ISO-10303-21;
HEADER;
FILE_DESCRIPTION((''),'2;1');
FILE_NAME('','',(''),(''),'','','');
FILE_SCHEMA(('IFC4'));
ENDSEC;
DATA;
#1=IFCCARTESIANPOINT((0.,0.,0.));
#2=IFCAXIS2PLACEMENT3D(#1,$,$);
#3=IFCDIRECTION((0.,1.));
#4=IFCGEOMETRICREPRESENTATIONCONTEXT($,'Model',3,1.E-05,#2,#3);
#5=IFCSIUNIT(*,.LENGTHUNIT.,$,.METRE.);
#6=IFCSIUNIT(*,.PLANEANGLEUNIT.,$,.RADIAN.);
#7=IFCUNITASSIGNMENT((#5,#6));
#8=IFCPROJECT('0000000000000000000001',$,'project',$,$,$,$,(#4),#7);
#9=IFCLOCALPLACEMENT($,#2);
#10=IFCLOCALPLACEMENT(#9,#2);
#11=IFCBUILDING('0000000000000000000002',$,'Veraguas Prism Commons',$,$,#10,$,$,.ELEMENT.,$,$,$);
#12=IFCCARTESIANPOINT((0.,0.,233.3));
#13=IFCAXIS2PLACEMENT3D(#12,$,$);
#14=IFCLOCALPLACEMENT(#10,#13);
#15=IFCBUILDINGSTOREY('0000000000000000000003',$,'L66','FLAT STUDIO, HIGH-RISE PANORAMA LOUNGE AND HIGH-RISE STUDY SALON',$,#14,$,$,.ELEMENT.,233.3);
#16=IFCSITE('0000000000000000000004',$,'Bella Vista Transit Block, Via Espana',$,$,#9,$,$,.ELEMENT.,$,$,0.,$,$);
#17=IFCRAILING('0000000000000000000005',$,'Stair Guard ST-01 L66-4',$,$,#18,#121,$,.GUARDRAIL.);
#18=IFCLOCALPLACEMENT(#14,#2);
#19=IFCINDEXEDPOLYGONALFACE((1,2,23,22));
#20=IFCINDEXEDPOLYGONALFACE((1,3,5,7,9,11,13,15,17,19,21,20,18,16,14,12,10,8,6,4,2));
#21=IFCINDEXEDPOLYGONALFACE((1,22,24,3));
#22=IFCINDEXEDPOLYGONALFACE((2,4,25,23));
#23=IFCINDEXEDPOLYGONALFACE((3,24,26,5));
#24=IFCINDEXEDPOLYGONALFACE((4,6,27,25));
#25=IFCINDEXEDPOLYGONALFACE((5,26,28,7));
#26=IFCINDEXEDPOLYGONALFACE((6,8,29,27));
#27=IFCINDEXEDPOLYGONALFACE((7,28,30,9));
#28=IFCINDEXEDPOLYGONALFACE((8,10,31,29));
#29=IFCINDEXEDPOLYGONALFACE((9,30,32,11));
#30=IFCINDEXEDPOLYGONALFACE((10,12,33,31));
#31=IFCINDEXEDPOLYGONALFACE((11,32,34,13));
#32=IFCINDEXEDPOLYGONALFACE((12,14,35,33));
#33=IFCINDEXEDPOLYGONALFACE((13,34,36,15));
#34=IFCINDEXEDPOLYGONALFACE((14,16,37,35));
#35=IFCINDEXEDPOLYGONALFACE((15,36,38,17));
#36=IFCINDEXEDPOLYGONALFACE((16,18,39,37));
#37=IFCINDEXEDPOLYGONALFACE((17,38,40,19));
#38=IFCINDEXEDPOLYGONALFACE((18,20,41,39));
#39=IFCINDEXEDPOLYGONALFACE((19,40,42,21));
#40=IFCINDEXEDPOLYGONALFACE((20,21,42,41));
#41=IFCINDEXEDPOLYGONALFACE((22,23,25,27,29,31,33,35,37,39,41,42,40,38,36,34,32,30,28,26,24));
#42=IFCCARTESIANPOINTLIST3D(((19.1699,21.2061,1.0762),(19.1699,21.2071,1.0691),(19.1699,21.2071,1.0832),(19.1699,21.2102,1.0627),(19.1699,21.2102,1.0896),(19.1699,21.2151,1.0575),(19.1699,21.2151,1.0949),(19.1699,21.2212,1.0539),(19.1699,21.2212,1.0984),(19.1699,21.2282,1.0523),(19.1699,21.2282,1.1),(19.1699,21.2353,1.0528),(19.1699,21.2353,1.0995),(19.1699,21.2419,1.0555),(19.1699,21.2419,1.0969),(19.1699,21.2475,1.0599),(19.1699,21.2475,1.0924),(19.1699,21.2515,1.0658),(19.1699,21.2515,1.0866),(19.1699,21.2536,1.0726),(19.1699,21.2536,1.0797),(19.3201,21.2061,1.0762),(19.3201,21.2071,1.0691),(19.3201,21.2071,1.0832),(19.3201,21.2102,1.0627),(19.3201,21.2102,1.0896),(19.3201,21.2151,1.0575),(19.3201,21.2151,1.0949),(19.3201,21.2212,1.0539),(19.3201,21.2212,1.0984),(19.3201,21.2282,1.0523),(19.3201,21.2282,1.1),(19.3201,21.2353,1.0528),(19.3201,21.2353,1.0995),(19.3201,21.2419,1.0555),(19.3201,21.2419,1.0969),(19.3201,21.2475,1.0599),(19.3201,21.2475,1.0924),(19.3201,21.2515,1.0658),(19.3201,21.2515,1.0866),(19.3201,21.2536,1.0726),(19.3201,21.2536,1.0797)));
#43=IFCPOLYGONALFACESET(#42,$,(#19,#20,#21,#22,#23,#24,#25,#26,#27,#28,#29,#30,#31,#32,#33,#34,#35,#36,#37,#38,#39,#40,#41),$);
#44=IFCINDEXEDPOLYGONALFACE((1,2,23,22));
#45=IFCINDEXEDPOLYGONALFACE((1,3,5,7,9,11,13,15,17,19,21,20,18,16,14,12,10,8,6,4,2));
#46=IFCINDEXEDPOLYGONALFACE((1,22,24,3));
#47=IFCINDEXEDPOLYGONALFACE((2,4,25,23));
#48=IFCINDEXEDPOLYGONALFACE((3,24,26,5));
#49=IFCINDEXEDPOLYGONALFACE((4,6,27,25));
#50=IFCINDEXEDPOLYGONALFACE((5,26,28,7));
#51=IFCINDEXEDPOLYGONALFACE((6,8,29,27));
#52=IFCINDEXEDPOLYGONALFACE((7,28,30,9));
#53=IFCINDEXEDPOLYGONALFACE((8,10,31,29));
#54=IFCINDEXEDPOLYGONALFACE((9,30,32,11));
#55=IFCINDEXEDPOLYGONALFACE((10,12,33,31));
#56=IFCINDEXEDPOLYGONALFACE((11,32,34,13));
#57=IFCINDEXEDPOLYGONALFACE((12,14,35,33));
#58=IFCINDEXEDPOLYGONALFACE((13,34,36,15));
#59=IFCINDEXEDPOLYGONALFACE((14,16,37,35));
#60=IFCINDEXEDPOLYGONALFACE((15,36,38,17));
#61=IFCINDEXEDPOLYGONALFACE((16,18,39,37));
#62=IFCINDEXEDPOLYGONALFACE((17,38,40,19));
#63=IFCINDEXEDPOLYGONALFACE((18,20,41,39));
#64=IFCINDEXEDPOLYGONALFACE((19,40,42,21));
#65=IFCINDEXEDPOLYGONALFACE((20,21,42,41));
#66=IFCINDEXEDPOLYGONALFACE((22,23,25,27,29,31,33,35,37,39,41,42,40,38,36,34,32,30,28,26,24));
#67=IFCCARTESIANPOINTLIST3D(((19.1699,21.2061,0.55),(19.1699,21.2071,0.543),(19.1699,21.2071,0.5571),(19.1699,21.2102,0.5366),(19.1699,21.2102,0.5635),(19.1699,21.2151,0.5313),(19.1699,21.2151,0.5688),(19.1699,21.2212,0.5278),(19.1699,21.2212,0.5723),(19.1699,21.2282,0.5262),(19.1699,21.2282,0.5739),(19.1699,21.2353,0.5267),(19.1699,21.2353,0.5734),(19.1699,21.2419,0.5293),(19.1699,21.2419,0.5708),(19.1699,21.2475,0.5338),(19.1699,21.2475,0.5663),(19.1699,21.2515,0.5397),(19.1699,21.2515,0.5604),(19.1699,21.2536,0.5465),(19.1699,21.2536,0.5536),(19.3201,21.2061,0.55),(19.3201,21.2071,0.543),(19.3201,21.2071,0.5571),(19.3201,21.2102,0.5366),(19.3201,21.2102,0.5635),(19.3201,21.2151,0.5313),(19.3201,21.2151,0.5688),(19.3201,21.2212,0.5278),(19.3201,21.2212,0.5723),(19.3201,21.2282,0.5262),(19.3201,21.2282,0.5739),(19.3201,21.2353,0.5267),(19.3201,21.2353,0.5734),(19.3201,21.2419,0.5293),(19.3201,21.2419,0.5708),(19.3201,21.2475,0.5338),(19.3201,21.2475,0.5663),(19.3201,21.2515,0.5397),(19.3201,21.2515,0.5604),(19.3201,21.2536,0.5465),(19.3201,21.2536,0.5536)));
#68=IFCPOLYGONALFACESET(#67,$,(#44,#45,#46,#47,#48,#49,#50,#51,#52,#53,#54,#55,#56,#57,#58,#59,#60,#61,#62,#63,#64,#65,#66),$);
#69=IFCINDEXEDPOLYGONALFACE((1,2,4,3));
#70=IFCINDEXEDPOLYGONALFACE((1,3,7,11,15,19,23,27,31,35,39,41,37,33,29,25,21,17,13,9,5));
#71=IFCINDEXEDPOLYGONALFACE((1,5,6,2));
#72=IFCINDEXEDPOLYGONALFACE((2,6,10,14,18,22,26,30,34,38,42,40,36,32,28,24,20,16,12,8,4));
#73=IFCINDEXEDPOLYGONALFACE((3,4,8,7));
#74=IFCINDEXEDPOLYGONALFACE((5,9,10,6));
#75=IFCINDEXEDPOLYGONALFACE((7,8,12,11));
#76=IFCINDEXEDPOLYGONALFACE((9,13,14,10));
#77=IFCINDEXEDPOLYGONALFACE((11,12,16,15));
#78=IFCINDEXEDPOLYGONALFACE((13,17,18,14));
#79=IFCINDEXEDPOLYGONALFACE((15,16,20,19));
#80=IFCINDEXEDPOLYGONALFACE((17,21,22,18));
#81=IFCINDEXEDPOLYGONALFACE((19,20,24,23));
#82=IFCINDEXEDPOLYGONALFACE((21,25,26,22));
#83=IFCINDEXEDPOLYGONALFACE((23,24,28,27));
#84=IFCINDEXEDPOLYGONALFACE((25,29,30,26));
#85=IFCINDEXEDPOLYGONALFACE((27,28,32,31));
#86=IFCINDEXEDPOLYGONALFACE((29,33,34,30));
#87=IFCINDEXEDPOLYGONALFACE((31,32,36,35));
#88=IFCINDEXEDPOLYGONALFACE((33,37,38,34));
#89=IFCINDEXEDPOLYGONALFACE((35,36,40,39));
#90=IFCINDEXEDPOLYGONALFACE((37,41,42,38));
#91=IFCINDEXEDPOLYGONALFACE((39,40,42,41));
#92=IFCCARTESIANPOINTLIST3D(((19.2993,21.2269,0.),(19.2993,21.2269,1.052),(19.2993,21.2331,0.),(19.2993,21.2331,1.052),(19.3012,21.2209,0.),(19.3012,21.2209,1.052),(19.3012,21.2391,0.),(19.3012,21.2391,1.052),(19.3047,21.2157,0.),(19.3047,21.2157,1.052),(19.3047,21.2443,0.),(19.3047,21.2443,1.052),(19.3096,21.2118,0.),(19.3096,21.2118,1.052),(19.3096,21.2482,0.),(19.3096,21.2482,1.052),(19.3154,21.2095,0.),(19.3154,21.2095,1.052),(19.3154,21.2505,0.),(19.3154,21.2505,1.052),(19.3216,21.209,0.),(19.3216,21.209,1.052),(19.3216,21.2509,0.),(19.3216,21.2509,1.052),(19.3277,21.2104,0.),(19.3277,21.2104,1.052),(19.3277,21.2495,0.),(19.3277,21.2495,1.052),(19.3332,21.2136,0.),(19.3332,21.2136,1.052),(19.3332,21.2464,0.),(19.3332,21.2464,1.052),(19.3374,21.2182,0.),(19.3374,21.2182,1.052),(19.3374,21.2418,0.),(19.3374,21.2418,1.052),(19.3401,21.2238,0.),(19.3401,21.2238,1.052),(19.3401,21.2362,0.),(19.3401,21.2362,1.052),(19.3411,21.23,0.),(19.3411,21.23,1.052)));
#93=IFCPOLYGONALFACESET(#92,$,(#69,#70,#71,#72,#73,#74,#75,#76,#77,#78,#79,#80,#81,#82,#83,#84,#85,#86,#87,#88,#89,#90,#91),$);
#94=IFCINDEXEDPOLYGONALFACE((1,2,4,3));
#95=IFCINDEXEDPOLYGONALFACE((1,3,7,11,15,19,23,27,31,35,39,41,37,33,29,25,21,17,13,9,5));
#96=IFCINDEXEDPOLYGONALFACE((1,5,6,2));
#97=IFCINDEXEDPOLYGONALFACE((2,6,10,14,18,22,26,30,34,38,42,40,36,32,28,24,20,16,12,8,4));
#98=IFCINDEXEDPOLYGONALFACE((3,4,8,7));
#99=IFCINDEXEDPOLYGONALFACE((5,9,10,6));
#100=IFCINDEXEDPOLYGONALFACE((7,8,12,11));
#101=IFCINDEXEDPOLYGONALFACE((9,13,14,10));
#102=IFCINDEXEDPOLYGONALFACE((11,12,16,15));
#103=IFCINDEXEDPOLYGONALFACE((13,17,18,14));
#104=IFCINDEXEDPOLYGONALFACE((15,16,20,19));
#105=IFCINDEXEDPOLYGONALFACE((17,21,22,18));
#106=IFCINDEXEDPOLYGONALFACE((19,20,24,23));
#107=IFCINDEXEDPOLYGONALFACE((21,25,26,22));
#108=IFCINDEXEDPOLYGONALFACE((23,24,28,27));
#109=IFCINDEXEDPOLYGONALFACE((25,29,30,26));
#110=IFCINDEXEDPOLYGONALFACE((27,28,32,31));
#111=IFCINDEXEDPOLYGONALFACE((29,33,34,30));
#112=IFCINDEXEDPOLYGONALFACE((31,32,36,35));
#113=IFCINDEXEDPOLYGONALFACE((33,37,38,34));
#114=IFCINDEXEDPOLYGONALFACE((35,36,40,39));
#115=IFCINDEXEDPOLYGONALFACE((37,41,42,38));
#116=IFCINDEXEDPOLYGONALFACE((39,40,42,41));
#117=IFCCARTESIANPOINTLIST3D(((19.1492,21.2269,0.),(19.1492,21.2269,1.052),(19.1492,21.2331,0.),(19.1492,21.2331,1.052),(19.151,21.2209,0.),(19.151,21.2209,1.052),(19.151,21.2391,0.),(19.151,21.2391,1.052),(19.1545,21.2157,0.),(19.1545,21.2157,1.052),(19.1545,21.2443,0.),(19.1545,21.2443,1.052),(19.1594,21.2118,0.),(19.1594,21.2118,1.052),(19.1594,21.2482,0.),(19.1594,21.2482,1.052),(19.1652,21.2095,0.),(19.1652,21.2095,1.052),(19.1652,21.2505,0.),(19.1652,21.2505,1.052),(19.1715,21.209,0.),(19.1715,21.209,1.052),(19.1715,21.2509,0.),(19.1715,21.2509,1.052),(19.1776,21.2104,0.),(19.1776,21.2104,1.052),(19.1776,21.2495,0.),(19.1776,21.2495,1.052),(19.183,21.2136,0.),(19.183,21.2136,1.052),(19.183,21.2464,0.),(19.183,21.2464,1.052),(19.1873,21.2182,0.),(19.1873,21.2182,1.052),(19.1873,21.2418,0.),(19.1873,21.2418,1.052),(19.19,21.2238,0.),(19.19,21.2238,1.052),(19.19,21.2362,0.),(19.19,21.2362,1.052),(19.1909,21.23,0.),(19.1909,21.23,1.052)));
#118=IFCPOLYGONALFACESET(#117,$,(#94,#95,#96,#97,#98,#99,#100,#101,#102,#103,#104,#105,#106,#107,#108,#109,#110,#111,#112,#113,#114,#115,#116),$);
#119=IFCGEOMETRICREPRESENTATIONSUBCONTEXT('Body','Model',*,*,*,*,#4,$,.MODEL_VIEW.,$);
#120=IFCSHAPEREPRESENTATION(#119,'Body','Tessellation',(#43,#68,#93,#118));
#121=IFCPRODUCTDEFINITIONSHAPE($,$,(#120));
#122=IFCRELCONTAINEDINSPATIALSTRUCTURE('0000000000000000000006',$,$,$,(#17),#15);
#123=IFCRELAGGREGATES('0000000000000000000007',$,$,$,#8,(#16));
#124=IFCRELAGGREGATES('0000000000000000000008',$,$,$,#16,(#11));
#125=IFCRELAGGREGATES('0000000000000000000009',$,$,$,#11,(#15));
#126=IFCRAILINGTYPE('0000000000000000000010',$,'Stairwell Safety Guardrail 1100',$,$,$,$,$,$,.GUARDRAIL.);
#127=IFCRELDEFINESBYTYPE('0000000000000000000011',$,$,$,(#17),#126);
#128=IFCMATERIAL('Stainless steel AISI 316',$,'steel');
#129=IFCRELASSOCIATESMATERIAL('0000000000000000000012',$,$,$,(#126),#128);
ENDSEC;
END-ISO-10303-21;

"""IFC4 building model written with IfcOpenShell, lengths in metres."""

from ifc_helpers import new_model, si_unit, direction, frame, origin, origin_2d, place, context, subcontext, project, spatial, circle, extrude, material, type_object, element, save


model = new_model("IFC4")

# Units and contexts
model_context = context("Model", 3, precision=1e-05, world=origin(), true_north=direction((0.0, 1.0)))
body_context = subcontext(model_context, "Body", "Model", "MODEL_VIEW")
ifc_project = project(units=[si_unit("LENGTHUNIT", "METRE"), si_unit("PLANEANGLEUNIT", "RADIAN")], contexts=[model_context])

# Site, building, storey
site_placement = place(None, origin())
site = spatial("IfcSite", under=ifc_project, at=site_placement, Name="Bella Vista Transit Block, Via Espana", CompositionType="ELEMENT", RefElevation=0.0)
building_placement = place(site_placement, origin())
building = spatial("IfcBuilding", under=site, at=building_placement, Name="Veraguas Prism Commons", CompositionType="ELEMENT")
storey_placement = place(building_placement, frame((0.0, 0.0, 233.3)))
storey = spatial("IfcBuildingStorey", under=building, at=storey_placement, Name="L66", Description="FLAT STUDIO, HIGH-RISE PANORAMA LOUNGE AND HIGH-RISE STUDY SALON", CompositionType="ELEMENT", Elevation=233.3)

# Railing
ifc_material_1 = material(Name="Stainless steel AISI 316", Category="steel")
railing_type = type_object("IfcRailingType", Name="Stairwell Safety Guardrail 1100", PredefinedType="GUARDRAIL", material=ifc_material_1)
railing_1_placement = place(storey_placement, frame((19.3201, 21.23, 0.0)))
element("IfcRailing", 1, at=railing_1_placement, inside=storey, type_object=railing_type, Name="Stair Guard ST-01 L66-4", PredefinedType="GUARDRAIL", context=body_context, shape_type="SweptSolid", body=[
    extrude(circle(Radius=0.0239, at=origin_2d()), frame((0.0, 0.0, 1.0762), z_axis=(-1.0, 0.0, 0.0), x_axis=(0.0, -1.0, 0.0)), (0.0, 0.0, 1.0), 0.1501),
    extrude(circle(Radius=0.0239, at=origin_2d()), frame((0.0, 0.0, 0.55), z_axis=(-1.0, 0.0, 0.0), x_axis=(0.0, -1.0, 0.0)), (0.0, 0.0, 1.0), 0.1501),
    extrude(circle(Radius=0.021, at=origin_2d()), origin(), (0.0, 0.0, 1.0), 1.052),
    extrude(circle(Radius=0.021, at=origin_2d()), frame((-0.1501, 0.0, 0.0)), (0.0, 0.0, 1.0), 1.052),
])

save(model, "model.ifc")
